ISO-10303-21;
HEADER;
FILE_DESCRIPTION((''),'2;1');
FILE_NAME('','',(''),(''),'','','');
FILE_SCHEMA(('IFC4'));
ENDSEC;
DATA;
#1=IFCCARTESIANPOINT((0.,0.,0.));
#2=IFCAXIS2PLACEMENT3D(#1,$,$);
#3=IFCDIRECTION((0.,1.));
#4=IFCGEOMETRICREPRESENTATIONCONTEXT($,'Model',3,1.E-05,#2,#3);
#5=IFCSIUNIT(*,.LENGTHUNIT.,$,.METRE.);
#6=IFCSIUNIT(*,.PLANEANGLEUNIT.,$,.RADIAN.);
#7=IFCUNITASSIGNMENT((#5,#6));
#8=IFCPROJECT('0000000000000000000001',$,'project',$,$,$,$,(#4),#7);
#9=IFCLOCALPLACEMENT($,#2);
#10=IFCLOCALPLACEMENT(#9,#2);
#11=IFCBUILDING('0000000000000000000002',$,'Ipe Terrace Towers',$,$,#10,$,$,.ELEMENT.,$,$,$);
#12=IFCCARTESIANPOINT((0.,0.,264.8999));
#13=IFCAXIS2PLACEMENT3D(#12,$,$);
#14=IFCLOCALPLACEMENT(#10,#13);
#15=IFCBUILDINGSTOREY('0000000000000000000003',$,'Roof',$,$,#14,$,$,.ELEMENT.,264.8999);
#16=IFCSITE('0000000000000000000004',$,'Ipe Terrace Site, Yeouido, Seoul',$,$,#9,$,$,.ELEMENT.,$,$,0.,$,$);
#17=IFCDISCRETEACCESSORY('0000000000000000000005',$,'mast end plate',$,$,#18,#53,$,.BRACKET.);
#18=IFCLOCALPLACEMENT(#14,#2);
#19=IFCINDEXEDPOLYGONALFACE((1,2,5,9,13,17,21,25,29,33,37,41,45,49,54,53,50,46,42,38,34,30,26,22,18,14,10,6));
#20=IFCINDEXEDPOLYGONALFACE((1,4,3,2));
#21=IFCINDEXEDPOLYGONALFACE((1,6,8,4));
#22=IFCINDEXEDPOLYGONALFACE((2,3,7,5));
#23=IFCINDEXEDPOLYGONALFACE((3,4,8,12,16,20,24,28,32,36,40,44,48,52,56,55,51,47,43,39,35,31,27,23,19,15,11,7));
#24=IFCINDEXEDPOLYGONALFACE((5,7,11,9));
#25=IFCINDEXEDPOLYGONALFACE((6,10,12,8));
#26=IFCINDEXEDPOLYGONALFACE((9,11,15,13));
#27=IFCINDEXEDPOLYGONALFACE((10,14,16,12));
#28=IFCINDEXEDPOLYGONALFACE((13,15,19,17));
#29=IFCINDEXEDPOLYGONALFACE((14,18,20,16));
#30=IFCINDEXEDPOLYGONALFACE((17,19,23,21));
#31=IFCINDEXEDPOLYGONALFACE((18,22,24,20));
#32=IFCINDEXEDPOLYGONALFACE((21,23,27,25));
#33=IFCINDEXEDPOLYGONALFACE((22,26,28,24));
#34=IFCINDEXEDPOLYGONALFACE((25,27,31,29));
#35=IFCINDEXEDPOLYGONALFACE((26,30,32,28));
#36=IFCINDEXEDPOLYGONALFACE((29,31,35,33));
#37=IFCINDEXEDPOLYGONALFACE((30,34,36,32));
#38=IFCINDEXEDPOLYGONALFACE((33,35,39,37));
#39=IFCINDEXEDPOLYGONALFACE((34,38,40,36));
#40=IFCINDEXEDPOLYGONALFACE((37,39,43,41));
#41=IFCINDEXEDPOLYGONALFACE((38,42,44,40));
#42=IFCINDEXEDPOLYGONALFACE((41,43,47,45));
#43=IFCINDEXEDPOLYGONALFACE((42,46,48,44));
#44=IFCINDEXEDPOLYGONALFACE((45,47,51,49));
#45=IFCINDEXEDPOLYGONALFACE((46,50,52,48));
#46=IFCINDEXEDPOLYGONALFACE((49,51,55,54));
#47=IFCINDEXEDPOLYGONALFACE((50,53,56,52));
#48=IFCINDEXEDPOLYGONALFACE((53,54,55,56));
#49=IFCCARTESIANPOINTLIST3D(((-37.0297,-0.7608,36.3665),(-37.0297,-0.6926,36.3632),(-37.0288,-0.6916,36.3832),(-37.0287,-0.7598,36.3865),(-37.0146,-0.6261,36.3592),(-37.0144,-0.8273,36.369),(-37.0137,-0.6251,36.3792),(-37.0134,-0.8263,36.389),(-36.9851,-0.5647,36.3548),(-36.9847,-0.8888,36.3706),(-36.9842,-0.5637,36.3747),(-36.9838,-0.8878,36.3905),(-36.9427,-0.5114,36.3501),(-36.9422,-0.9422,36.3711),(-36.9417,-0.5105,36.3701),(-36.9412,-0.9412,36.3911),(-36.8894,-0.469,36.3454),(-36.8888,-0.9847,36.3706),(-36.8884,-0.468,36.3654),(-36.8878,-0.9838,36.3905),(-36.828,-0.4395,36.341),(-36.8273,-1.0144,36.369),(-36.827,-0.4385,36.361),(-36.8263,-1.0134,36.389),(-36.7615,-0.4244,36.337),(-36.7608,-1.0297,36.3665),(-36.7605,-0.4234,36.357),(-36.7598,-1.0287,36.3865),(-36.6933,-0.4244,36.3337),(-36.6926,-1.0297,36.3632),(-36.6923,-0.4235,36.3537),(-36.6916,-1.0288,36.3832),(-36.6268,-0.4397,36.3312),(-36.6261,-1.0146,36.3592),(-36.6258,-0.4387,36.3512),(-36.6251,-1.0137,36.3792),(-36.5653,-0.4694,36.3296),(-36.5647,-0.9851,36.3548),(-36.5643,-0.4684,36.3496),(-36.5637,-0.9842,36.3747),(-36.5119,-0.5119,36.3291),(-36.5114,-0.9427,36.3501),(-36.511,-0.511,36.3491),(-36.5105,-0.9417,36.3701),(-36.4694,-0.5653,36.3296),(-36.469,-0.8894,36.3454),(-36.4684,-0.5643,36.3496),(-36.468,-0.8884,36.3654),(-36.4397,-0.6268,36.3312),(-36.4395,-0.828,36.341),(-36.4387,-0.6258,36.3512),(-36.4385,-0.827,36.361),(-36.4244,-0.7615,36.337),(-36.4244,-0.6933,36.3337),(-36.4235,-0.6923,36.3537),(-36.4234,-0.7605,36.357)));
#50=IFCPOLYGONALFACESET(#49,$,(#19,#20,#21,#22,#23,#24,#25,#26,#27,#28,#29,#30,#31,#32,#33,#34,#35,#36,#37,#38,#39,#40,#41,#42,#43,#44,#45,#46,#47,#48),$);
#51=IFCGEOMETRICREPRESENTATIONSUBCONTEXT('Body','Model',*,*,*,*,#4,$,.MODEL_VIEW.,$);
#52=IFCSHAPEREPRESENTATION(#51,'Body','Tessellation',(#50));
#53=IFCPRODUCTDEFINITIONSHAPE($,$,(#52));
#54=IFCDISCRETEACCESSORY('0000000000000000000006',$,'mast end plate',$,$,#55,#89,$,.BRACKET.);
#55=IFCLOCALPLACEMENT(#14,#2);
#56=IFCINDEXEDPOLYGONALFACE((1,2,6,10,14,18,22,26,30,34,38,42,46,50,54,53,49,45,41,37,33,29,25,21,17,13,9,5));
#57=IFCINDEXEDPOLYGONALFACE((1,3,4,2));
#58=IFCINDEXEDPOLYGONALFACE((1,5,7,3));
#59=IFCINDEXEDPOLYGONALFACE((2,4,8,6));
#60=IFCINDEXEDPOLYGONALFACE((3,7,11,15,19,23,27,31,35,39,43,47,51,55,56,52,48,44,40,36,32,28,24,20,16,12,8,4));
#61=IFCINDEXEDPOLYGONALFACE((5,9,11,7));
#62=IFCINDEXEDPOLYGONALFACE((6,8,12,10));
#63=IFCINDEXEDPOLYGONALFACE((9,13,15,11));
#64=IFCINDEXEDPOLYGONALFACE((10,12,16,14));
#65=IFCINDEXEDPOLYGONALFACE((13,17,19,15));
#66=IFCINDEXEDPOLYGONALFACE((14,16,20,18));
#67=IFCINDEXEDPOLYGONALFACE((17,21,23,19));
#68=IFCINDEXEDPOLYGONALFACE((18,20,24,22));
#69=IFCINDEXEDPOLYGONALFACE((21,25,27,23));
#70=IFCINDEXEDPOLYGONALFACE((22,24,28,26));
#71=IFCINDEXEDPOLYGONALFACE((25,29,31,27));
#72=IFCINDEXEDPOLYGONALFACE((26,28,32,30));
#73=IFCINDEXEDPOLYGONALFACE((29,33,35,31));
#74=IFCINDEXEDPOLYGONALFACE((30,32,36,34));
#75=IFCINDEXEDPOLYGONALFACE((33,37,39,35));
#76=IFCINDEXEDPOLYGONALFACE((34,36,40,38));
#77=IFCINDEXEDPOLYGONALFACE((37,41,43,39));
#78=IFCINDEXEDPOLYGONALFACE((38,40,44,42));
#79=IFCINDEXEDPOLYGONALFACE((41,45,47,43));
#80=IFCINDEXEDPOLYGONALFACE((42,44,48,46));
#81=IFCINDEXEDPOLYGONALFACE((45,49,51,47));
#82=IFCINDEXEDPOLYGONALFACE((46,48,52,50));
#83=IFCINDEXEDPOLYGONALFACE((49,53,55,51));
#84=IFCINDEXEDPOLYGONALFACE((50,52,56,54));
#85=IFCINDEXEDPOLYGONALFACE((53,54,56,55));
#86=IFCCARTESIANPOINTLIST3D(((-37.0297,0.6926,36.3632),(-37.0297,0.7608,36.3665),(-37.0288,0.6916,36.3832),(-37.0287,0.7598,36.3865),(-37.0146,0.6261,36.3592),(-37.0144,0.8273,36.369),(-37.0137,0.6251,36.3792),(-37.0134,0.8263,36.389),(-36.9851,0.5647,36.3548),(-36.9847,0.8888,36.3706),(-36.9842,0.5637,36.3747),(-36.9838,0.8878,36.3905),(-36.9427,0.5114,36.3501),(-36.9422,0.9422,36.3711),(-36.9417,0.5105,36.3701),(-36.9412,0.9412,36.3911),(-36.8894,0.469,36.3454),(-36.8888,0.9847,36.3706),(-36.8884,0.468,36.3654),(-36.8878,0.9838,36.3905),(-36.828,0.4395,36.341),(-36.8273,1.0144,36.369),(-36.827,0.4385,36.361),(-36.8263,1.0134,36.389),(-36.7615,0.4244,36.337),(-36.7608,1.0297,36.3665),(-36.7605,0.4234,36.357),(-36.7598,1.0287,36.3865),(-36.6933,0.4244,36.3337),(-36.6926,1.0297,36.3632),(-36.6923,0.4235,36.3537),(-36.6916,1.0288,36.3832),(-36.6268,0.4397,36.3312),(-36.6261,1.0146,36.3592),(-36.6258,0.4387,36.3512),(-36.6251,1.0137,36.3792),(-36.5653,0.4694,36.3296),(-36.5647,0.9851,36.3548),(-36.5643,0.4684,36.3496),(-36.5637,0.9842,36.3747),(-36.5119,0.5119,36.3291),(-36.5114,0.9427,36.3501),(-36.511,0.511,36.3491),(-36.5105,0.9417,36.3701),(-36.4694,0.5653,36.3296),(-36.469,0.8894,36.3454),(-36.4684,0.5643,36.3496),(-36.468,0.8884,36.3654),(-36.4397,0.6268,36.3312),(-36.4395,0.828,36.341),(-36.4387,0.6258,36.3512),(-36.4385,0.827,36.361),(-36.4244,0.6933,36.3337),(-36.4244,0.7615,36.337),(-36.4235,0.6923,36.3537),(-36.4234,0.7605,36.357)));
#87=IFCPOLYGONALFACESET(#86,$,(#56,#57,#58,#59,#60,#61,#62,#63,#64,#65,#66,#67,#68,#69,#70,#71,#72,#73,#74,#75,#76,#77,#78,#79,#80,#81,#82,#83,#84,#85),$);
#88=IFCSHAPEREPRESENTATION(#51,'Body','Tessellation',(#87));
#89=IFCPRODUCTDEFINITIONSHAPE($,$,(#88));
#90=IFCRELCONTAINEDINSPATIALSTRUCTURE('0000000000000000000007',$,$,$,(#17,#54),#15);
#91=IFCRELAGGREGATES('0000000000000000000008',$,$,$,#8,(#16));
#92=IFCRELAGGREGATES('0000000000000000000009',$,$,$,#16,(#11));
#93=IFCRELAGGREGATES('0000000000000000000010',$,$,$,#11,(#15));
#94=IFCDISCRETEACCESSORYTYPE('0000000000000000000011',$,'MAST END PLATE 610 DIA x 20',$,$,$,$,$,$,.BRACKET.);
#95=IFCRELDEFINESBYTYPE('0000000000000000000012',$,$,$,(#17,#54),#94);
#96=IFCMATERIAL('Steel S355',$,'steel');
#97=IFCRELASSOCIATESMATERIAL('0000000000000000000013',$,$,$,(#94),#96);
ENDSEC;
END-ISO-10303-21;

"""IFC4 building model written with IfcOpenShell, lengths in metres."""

from ifc_helpers import new_model, si_unit, direction, frame, origin, origin_2d, place, context, subcontext, project, spatial, circle, extrude, material, material_profile, profile_set, type_object, element, save


model = new_model("IFC4")

# Units and contexts
model_context = context("Model", 3, precision=1e-05, world=origin(), true_north=direction((0.0, 1.0)))
body_context = subcontext(model_context, "Body", "Model", "MODEL_VIEW")
ifc_project = project(units=[si_unit("LENGTHUNIT", "METRE"), si_unit("PLANEANGLEUNIT", "RADIAN")], contexts=[model_context])

# Site, building, storey
site_placement = place(None, origin())
site = spatial("IfcSite", under=ifc_project, at=site_placement, Name="Ipe Terrace Site, Yeouido, Seoul", CompositionType="ELEMENT", RefElevation=0.0)
building_placement = place(site_placement, origin())
building = spatial("IfcBuilding", under=site, at=building_placement, Name="Ipe Terrace Towers", CompositionType="ELEMENT")
storey_placement = place(building_placement, frame((0.0, 0.0, 264.8999)))
storey = spatial("IfcBuildingStorey", under=building, at=storey_placement, Name="Roof", CompositionType="ELEMENT", Elevation=264.8999)

# Discrete accessories
ifc_material_1 = material(Name="Steel S355", Category="steel")
ifc_material_profile_1 = material_profile(ifc_material_1, circle(Radius=0.3049, at=origin_2d()), Name="MAST END PLATE 610 DIA x 20")
ifc_profile_set_1 = profile_set([ifc_material_profile_1], Name="Steel S355")
discrete_accessory_type_1 = type_object("IfcDiscreteAccessoryType", Name="MAST END PLATE 610 DIA x 20", PredefinedType="BRACKET", material=ifc_profile_set_1)
for number, where, z_axis, x_axis, name in (
    (1, (-36.7271, -0.7271, 36.3501), (0.048665, 0.048665, 0.997629), (-0.707107, 0.707107, 0.0), "mast end plate"),
    (2, (-36.7271, 0.7271, 36.3501), (0.048665, -0.048665, 0.997629), (0.707107, 0.707107, 0.0), "mast end plate"),
):
    element("IfcDiscreteAccessory", number, at=place(storey_placement, frame(where, z_axis=z_axis, x_axis=x_axis)), inside=storey, type_object=discrete_accessory_type_1, Name=name, PredefinedType="BRACKET", context=body_context, shape_type="SweptSolid", body=[
        extrude(circle(Radius=0.3049, at=origin_2d()), origin(), (0.0, 0.0, 1.0), 0.02),
    ])

save(model, "model.ifc")
